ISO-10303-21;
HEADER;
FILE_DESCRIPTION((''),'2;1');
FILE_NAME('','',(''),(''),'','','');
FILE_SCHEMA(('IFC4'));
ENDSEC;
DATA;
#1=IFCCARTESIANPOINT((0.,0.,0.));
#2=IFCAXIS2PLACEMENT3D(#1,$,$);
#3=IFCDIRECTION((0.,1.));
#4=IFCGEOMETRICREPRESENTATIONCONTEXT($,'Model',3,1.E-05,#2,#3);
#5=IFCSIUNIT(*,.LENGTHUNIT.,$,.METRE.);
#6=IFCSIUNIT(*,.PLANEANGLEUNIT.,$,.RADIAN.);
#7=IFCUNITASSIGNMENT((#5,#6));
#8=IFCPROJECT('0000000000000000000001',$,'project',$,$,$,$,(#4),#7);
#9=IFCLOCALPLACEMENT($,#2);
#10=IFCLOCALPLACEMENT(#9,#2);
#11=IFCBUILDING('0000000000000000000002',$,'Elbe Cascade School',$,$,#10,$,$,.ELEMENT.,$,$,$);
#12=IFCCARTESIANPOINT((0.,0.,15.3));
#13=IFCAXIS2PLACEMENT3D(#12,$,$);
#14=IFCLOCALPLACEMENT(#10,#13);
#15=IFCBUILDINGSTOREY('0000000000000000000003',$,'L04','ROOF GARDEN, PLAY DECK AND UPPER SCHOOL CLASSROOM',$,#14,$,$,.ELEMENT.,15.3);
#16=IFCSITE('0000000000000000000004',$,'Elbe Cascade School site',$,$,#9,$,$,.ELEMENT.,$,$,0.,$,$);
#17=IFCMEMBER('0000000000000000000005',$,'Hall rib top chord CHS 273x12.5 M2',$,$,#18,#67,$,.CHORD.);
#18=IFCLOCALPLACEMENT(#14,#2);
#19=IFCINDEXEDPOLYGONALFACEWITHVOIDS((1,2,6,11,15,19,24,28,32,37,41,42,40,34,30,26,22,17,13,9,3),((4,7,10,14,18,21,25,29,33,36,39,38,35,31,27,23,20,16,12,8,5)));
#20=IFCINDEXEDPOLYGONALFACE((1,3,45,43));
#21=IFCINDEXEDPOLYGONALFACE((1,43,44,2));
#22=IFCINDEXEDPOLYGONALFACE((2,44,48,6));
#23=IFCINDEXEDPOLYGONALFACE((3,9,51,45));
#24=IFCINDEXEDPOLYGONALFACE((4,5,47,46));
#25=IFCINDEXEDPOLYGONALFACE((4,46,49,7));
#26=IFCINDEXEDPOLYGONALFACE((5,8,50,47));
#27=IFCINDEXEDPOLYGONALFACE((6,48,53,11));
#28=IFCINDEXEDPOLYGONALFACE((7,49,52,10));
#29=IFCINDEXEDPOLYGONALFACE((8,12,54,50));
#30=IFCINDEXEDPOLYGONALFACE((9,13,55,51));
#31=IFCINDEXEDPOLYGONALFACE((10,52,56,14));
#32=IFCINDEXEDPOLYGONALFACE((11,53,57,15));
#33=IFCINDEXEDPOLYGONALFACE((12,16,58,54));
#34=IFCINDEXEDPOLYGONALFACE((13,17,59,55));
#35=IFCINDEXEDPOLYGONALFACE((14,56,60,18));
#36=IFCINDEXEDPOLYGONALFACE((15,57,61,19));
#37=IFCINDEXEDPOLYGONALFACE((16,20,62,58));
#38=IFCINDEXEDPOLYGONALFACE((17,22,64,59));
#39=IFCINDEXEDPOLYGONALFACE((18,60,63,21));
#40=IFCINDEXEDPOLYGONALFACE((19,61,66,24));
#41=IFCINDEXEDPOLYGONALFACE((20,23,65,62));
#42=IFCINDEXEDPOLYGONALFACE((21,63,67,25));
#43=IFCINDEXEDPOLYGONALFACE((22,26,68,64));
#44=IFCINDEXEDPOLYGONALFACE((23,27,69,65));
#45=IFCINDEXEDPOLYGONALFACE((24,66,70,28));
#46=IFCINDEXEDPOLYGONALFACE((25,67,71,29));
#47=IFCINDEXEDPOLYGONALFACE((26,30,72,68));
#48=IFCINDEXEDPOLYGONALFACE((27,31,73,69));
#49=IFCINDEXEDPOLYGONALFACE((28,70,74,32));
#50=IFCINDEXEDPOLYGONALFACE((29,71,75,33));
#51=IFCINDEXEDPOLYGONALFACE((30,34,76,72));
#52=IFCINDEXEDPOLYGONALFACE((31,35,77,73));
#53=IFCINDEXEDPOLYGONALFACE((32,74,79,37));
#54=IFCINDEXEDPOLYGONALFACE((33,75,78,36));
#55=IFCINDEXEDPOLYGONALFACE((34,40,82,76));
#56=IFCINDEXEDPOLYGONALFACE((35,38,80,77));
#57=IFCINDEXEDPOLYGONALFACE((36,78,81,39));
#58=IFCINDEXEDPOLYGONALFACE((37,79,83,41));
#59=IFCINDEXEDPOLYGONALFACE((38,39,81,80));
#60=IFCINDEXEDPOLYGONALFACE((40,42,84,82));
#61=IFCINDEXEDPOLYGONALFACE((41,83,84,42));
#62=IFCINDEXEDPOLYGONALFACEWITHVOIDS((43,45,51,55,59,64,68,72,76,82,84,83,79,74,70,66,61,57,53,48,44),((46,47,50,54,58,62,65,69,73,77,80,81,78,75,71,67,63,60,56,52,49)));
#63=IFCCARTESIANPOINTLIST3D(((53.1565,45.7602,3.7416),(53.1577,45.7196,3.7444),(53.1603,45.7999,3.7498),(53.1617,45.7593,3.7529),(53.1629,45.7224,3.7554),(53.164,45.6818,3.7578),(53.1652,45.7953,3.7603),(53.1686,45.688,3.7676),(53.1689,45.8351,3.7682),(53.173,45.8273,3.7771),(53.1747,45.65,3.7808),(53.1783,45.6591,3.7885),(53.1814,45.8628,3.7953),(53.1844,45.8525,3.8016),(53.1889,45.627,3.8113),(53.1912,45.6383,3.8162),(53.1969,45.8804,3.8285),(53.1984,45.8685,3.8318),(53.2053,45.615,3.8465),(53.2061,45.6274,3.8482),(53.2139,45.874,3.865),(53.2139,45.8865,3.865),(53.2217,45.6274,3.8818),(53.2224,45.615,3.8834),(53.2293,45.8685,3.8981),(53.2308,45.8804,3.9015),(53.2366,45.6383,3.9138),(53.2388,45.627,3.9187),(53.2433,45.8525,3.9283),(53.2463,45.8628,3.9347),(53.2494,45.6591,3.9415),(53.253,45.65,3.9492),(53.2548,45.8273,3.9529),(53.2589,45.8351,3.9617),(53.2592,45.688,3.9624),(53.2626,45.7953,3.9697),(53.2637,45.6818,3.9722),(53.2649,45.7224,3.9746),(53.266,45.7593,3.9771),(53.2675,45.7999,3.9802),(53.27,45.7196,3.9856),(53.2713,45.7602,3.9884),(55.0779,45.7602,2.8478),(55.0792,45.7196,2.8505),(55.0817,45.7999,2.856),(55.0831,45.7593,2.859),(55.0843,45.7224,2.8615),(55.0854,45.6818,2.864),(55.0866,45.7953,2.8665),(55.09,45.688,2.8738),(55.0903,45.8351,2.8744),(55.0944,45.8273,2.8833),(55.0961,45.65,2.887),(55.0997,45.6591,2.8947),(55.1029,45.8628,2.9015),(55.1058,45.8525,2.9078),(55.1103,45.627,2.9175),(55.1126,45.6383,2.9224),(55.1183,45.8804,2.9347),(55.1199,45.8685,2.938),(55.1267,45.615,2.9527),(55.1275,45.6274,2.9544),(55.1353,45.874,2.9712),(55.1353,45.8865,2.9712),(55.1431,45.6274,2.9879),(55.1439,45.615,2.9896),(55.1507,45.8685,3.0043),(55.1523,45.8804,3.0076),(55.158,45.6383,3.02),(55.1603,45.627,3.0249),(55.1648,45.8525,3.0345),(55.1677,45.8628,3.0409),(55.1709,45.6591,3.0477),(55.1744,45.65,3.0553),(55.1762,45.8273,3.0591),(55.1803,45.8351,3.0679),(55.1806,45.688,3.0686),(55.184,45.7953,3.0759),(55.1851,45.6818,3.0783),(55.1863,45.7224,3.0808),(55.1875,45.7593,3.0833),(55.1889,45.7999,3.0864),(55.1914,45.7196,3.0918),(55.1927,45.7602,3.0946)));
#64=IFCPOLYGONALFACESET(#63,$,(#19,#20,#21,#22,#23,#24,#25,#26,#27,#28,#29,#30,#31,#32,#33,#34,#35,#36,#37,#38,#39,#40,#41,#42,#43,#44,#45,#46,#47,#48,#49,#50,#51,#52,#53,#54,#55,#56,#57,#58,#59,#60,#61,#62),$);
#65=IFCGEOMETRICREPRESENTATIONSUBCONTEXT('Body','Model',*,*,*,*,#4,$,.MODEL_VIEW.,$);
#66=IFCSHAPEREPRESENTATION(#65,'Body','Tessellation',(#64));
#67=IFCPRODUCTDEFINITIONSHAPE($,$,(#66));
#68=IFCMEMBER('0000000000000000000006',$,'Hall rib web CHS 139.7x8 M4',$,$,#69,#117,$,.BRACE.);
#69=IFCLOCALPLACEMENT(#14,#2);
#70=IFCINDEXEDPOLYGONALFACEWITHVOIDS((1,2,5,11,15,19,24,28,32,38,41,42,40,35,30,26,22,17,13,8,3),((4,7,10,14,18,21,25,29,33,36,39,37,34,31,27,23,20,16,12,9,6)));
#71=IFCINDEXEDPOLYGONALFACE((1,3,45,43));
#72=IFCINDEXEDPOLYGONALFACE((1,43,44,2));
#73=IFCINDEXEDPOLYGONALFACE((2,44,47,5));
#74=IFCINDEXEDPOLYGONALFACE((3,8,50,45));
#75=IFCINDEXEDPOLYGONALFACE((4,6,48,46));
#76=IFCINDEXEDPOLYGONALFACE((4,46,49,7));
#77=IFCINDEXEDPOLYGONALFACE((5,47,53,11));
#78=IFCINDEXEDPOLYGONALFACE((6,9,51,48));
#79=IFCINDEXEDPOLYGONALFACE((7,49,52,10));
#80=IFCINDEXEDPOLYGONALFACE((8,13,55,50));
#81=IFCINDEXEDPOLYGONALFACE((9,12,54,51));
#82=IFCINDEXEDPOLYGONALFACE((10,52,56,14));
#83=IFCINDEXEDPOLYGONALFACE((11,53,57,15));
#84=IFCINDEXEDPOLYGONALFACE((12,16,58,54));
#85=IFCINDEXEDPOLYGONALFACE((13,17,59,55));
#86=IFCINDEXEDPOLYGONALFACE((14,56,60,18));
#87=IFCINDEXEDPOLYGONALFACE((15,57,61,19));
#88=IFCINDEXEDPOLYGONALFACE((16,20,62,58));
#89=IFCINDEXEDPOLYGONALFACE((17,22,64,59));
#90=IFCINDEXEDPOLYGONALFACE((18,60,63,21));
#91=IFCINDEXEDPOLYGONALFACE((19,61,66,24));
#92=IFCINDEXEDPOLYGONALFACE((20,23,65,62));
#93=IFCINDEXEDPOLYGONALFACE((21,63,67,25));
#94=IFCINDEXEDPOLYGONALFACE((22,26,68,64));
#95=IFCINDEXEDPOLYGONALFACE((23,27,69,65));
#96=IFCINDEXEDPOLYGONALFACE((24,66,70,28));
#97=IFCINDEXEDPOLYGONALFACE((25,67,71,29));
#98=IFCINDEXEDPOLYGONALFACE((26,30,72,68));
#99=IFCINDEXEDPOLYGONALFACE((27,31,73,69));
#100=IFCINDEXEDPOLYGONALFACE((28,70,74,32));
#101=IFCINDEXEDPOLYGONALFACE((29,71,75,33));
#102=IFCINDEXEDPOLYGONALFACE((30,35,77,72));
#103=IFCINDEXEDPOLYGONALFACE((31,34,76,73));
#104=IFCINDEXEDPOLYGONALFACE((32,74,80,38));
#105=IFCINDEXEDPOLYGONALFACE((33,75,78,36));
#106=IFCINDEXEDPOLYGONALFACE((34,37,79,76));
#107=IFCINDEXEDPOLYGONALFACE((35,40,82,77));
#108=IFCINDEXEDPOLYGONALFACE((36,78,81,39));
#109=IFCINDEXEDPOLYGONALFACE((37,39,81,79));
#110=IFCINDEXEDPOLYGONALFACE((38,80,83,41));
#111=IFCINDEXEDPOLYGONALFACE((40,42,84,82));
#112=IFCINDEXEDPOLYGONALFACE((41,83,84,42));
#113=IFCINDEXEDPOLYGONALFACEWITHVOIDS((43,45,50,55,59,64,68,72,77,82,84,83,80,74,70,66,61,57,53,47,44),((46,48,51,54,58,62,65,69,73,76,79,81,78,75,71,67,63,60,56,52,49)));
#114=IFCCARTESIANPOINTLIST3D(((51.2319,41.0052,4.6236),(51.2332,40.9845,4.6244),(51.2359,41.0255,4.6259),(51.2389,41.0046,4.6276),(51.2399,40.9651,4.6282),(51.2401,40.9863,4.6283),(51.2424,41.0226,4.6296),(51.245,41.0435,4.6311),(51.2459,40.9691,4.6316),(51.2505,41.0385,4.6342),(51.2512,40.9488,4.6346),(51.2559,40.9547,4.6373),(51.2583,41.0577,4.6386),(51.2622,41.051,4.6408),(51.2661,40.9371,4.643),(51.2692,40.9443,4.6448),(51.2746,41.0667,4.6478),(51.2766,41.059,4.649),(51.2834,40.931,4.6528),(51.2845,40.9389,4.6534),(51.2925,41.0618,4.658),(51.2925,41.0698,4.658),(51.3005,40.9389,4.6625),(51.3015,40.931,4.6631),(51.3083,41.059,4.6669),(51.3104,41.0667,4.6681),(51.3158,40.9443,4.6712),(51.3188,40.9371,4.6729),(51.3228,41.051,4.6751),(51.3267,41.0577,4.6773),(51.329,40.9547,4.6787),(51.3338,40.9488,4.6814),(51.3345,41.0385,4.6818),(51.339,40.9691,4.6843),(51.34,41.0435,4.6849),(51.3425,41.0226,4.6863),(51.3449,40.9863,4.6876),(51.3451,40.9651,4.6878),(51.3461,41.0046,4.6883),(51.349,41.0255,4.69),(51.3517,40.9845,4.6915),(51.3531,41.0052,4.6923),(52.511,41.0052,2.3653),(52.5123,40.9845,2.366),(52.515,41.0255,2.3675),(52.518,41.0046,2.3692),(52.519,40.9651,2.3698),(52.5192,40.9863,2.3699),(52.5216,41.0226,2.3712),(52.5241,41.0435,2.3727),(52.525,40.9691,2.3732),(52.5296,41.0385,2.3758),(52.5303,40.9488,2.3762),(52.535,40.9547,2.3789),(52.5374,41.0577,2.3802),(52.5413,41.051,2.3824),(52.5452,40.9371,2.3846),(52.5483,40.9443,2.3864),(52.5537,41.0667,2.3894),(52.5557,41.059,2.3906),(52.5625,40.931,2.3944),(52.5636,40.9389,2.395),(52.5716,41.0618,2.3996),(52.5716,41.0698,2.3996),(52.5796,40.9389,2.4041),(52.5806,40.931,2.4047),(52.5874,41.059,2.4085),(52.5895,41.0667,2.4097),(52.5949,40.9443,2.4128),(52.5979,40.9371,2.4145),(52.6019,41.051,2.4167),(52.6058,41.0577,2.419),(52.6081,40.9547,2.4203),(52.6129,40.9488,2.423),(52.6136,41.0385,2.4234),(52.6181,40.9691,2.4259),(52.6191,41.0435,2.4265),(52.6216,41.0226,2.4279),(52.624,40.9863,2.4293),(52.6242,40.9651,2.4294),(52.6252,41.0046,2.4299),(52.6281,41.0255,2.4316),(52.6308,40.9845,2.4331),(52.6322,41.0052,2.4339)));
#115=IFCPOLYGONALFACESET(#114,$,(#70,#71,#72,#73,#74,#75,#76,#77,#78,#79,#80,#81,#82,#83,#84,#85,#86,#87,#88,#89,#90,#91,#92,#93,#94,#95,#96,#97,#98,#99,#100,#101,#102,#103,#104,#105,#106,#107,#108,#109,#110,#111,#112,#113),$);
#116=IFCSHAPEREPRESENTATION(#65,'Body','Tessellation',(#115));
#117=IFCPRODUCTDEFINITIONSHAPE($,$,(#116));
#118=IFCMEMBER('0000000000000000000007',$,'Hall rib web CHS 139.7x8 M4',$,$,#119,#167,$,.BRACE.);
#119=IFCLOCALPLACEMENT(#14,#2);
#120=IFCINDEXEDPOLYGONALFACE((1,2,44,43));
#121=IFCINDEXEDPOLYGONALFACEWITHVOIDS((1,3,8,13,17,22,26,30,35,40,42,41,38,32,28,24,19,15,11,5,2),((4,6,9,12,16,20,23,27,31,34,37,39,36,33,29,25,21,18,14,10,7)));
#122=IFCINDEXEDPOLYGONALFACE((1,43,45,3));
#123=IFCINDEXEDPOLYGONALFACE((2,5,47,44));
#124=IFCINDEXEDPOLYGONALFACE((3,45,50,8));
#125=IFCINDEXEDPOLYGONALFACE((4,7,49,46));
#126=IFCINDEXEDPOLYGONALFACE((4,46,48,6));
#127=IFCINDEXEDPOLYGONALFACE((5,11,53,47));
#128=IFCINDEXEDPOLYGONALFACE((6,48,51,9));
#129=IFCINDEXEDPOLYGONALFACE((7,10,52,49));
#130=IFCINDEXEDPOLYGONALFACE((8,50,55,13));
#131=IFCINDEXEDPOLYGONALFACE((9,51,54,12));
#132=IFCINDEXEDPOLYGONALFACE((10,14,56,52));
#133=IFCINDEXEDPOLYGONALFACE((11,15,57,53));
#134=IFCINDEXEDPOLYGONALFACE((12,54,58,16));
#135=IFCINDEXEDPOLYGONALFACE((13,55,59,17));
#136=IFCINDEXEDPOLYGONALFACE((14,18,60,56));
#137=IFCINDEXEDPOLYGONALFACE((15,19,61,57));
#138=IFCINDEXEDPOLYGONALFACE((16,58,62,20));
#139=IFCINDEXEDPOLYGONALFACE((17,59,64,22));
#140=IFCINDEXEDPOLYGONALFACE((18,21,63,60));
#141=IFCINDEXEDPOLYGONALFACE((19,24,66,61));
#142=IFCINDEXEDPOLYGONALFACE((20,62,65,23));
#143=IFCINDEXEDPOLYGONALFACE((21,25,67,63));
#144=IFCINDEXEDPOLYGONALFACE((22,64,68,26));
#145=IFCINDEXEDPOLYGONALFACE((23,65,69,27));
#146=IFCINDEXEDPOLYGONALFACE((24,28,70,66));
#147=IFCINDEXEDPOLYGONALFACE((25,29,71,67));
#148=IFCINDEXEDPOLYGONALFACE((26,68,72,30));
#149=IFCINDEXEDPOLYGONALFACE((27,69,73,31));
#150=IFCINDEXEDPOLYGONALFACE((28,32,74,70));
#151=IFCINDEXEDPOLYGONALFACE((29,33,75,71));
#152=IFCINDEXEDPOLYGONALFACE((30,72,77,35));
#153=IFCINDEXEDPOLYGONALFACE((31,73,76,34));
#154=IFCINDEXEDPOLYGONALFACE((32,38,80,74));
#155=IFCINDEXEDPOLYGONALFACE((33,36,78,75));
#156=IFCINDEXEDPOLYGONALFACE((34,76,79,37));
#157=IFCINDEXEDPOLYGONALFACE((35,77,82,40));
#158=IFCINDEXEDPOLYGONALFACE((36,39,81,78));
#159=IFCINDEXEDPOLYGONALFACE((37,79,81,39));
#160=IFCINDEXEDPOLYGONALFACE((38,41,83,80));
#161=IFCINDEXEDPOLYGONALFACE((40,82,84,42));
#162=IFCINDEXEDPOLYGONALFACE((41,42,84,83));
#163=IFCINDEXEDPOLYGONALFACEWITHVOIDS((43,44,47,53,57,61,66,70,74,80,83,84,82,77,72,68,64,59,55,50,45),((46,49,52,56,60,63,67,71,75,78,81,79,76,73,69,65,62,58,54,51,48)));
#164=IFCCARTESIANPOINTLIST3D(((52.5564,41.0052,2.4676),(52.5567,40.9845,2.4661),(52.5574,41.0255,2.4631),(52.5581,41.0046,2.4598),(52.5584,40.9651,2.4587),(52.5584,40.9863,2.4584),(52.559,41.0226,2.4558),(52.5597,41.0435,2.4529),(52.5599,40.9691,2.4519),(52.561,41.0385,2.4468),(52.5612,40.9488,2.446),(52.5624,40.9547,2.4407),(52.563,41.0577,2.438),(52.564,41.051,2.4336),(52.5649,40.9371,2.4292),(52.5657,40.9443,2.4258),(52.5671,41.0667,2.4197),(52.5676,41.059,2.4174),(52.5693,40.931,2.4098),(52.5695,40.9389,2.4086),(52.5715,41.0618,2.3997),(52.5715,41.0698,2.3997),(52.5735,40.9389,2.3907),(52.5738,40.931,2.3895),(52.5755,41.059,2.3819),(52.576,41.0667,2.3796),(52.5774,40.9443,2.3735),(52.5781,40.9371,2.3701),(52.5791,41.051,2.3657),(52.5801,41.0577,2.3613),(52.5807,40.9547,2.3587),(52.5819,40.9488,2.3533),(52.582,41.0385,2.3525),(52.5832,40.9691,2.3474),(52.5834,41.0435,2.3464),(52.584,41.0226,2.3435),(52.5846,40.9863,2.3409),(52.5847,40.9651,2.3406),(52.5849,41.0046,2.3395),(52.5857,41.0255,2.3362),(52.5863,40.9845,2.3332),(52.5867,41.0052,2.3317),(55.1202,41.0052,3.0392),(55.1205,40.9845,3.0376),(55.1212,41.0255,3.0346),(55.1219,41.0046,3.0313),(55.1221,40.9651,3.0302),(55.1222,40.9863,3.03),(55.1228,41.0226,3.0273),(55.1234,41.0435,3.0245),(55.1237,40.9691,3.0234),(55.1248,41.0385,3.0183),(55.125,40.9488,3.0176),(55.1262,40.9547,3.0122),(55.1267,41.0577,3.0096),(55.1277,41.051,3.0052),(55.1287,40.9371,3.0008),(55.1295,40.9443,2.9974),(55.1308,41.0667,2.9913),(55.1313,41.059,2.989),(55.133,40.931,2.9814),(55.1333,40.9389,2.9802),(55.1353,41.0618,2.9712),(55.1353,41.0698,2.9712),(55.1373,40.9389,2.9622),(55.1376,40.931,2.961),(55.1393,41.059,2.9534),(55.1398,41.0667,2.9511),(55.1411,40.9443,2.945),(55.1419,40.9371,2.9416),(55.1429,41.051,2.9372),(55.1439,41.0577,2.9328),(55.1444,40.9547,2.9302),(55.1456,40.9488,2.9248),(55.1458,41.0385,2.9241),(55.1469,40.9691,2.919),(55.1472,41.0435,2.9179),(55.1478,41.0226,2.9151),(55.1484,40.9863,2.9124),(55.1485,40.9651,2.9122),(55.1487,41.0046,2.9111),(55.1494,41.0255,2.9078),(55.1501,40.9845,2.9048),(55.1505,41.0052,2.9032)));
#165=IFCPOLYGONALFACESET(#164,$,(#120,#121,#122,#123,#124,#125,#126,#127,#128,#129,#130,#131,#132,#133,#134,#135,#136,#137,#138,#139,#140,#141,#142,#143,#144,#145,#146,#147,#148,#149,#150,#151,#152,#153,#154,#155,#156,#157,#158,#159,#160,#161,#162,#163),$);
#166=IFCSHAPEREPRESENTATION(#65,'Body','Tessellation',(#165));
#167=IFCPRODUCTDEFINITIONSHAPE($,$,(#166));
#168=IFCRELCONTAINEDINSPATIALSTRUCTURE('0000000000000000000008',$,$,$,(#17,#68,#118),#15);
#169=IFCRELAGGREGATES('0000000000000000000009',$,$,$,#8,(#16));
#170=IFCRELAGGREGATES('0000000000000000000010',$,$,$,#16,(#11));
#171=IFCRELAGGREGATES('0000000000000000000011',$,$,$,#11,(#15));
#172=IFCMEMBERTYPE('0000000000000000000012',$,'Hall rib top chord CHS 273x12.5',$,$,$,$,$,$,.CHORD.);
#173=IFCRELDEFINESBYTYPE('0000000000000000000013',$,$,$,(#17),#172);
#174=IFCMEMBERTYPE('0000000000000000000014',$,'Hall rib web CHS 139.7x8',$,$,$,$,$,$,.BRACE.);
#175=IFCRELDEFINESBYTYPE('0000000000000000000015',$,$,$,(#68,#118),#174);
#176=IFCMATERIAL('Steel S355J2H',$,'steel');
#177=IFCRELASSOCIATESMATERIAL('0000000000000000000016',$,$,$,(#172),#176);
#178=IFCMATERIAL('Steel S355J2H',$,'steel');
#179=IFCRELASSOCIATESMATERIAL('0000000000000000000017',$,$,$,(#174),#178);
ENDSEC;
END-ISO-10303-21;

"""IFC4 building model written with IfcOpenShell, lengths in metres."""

from ifc_helpers import new_model, si_unit, direction, frame, origin, origin_2d, place, context, subcontext, project, spatial, hollow_circle, extrude, material, material_profile, profile_set, type_object, element, save


model = new_model("IFC4")

# Units and contexts
model_context = context("Model", 3, precision=1e-05, world=origin(), true_north=direction((0.0, 1.0)))
body_context = subcontext(model_context, "Body", "Model", "MODEL_VIEW")
ifc_project = project(units=[si_unit("LENGTHUNIT", "METRE"), si_unit("PLANEANGLEUNIT", "RADIAN")], contexts=[model_context])

# Site, building, storey
site_placement = place(None, origin())
site = spatial("IfcSite", under=ifc_project, at=site_placement, Name="Elbe Cascade School site", CompositionType="ELEMENT", RefElevation=0.0)
building_placement = place(site_placement, origin())
building = spatial("IfcBuilding", under=site, at=building_placement, Name="Elbe Cascade School", CompositionType="ELEMENT")
storey_placement = place(building_placement, frame((0.0, 0.0, 15.3)))
storey = spatial("IfcBuildingStorey", under=building, at=storey_placement, Name="L04", Description="ROOF GARDEN, PLAY DECK AND UPPER SCHOOL CLASSROOM", CompositionType="ELEMENT", Elevation=15.3)

# Members
ifc_material_1 = material(Name="Steel S355J2H", Category="steel")
ifc_material_profile_1 = material_profile(ifc_material_1, hollow_circle(Radius=0.1365, WallThickness=0.0125, at=origin_2d()), Name="CHS 273x12.5")
ifc_profile_set_1 = profile_set([ifc_material_profile_1], Name="Steel S355J2H")
member_type_1 = type_object("IfcMemberType", Name="Hall rib top chord CHS 273x12.5", PredefinedType="CHORD", material=ifc_profile_set_1)
for number, where, z_axis, x_axis, name in (
    (1, (53.2139, 45.75, 3.865), (0.906698, 0.0, -0.421781), (0.0, 1.0, 0.0), "Hall rib top chord CHS 273x12.5 M2"),
):
    element("IfcMember", number, at=place(storey_placement, frame(where, z_axis=z_axis, x_axis=x_axis)), inside=storey, type_object=member_type_1, Name=name, PredefinedType="CHORD", context=body_context, shape_type="SweptSolid", body=[
        extrude(hollow_circle(Radius=0.1365, WallThickness=0.0125, at=origin_2d()), origin(), (0.0, 0.0, 1.0), 2.1191),
    ])
ifc_material_2 = material(Name="Steel S355J2H", Category="steel")
ifc_material_profile_2 = material_profile(ifc_material_2, hollow_circle(Radius=0.0698, WallThickness=0.0081, at=origin_2d()), Name="CHS 139.7x8")
ifc_profile_set_2 = profile_set([ifc_material_profile_2], Name="Steel S355J2H")
member_type_2 = type_object("IfcMemberType", Name="Hall rib web CHS 139.7x8", PredefinedType="BRACE", material=ifc_profile_set_2)
member_1_placement = place(storey_placement, frame((51.2925, 41.0, 4.658), z_axis=(0.492823, 0.0, -0.87013), x_axis=(0.0, 1.0, 0.0)))
element("IfcMember", 2, at=member_1_placement, inside=storey, type_object=member_type_2, Name="Hall rib web CHS 139.7x8 M4", PredefinedType="BRACE", context=body_context, shape_type="SweptSolid", body=[
    extrude(hollow_circle(Radius=0.0698, WallThickness=0.0081, at=origin_2d()), origin(), (0.0, 0.0, 1.0), 2.5955),
])
member_2_placement = place(storey_placement, frame((52.5715, 41.0, 2.3997), z_axis=(0.97604, 0.0, 0.21759), x_axis=(0.0, 1.0, 0.0)))
element("IfcMember", 3, at=member_2_placement, inside=storey, type_object=member_type_2, Name="Hall rib web CHS 139.7x8 M4", PredefinedType="BRACE", context=body_context, shape_type="SweptSolid", body=[
    extrude(hollow_circle(Radius=0.0698, WallThickness=0.0081, at=origin_2d()), origin(), (0.0, 0.0, 1.0), 2.6267),
])

save(model, "model.ifc")
